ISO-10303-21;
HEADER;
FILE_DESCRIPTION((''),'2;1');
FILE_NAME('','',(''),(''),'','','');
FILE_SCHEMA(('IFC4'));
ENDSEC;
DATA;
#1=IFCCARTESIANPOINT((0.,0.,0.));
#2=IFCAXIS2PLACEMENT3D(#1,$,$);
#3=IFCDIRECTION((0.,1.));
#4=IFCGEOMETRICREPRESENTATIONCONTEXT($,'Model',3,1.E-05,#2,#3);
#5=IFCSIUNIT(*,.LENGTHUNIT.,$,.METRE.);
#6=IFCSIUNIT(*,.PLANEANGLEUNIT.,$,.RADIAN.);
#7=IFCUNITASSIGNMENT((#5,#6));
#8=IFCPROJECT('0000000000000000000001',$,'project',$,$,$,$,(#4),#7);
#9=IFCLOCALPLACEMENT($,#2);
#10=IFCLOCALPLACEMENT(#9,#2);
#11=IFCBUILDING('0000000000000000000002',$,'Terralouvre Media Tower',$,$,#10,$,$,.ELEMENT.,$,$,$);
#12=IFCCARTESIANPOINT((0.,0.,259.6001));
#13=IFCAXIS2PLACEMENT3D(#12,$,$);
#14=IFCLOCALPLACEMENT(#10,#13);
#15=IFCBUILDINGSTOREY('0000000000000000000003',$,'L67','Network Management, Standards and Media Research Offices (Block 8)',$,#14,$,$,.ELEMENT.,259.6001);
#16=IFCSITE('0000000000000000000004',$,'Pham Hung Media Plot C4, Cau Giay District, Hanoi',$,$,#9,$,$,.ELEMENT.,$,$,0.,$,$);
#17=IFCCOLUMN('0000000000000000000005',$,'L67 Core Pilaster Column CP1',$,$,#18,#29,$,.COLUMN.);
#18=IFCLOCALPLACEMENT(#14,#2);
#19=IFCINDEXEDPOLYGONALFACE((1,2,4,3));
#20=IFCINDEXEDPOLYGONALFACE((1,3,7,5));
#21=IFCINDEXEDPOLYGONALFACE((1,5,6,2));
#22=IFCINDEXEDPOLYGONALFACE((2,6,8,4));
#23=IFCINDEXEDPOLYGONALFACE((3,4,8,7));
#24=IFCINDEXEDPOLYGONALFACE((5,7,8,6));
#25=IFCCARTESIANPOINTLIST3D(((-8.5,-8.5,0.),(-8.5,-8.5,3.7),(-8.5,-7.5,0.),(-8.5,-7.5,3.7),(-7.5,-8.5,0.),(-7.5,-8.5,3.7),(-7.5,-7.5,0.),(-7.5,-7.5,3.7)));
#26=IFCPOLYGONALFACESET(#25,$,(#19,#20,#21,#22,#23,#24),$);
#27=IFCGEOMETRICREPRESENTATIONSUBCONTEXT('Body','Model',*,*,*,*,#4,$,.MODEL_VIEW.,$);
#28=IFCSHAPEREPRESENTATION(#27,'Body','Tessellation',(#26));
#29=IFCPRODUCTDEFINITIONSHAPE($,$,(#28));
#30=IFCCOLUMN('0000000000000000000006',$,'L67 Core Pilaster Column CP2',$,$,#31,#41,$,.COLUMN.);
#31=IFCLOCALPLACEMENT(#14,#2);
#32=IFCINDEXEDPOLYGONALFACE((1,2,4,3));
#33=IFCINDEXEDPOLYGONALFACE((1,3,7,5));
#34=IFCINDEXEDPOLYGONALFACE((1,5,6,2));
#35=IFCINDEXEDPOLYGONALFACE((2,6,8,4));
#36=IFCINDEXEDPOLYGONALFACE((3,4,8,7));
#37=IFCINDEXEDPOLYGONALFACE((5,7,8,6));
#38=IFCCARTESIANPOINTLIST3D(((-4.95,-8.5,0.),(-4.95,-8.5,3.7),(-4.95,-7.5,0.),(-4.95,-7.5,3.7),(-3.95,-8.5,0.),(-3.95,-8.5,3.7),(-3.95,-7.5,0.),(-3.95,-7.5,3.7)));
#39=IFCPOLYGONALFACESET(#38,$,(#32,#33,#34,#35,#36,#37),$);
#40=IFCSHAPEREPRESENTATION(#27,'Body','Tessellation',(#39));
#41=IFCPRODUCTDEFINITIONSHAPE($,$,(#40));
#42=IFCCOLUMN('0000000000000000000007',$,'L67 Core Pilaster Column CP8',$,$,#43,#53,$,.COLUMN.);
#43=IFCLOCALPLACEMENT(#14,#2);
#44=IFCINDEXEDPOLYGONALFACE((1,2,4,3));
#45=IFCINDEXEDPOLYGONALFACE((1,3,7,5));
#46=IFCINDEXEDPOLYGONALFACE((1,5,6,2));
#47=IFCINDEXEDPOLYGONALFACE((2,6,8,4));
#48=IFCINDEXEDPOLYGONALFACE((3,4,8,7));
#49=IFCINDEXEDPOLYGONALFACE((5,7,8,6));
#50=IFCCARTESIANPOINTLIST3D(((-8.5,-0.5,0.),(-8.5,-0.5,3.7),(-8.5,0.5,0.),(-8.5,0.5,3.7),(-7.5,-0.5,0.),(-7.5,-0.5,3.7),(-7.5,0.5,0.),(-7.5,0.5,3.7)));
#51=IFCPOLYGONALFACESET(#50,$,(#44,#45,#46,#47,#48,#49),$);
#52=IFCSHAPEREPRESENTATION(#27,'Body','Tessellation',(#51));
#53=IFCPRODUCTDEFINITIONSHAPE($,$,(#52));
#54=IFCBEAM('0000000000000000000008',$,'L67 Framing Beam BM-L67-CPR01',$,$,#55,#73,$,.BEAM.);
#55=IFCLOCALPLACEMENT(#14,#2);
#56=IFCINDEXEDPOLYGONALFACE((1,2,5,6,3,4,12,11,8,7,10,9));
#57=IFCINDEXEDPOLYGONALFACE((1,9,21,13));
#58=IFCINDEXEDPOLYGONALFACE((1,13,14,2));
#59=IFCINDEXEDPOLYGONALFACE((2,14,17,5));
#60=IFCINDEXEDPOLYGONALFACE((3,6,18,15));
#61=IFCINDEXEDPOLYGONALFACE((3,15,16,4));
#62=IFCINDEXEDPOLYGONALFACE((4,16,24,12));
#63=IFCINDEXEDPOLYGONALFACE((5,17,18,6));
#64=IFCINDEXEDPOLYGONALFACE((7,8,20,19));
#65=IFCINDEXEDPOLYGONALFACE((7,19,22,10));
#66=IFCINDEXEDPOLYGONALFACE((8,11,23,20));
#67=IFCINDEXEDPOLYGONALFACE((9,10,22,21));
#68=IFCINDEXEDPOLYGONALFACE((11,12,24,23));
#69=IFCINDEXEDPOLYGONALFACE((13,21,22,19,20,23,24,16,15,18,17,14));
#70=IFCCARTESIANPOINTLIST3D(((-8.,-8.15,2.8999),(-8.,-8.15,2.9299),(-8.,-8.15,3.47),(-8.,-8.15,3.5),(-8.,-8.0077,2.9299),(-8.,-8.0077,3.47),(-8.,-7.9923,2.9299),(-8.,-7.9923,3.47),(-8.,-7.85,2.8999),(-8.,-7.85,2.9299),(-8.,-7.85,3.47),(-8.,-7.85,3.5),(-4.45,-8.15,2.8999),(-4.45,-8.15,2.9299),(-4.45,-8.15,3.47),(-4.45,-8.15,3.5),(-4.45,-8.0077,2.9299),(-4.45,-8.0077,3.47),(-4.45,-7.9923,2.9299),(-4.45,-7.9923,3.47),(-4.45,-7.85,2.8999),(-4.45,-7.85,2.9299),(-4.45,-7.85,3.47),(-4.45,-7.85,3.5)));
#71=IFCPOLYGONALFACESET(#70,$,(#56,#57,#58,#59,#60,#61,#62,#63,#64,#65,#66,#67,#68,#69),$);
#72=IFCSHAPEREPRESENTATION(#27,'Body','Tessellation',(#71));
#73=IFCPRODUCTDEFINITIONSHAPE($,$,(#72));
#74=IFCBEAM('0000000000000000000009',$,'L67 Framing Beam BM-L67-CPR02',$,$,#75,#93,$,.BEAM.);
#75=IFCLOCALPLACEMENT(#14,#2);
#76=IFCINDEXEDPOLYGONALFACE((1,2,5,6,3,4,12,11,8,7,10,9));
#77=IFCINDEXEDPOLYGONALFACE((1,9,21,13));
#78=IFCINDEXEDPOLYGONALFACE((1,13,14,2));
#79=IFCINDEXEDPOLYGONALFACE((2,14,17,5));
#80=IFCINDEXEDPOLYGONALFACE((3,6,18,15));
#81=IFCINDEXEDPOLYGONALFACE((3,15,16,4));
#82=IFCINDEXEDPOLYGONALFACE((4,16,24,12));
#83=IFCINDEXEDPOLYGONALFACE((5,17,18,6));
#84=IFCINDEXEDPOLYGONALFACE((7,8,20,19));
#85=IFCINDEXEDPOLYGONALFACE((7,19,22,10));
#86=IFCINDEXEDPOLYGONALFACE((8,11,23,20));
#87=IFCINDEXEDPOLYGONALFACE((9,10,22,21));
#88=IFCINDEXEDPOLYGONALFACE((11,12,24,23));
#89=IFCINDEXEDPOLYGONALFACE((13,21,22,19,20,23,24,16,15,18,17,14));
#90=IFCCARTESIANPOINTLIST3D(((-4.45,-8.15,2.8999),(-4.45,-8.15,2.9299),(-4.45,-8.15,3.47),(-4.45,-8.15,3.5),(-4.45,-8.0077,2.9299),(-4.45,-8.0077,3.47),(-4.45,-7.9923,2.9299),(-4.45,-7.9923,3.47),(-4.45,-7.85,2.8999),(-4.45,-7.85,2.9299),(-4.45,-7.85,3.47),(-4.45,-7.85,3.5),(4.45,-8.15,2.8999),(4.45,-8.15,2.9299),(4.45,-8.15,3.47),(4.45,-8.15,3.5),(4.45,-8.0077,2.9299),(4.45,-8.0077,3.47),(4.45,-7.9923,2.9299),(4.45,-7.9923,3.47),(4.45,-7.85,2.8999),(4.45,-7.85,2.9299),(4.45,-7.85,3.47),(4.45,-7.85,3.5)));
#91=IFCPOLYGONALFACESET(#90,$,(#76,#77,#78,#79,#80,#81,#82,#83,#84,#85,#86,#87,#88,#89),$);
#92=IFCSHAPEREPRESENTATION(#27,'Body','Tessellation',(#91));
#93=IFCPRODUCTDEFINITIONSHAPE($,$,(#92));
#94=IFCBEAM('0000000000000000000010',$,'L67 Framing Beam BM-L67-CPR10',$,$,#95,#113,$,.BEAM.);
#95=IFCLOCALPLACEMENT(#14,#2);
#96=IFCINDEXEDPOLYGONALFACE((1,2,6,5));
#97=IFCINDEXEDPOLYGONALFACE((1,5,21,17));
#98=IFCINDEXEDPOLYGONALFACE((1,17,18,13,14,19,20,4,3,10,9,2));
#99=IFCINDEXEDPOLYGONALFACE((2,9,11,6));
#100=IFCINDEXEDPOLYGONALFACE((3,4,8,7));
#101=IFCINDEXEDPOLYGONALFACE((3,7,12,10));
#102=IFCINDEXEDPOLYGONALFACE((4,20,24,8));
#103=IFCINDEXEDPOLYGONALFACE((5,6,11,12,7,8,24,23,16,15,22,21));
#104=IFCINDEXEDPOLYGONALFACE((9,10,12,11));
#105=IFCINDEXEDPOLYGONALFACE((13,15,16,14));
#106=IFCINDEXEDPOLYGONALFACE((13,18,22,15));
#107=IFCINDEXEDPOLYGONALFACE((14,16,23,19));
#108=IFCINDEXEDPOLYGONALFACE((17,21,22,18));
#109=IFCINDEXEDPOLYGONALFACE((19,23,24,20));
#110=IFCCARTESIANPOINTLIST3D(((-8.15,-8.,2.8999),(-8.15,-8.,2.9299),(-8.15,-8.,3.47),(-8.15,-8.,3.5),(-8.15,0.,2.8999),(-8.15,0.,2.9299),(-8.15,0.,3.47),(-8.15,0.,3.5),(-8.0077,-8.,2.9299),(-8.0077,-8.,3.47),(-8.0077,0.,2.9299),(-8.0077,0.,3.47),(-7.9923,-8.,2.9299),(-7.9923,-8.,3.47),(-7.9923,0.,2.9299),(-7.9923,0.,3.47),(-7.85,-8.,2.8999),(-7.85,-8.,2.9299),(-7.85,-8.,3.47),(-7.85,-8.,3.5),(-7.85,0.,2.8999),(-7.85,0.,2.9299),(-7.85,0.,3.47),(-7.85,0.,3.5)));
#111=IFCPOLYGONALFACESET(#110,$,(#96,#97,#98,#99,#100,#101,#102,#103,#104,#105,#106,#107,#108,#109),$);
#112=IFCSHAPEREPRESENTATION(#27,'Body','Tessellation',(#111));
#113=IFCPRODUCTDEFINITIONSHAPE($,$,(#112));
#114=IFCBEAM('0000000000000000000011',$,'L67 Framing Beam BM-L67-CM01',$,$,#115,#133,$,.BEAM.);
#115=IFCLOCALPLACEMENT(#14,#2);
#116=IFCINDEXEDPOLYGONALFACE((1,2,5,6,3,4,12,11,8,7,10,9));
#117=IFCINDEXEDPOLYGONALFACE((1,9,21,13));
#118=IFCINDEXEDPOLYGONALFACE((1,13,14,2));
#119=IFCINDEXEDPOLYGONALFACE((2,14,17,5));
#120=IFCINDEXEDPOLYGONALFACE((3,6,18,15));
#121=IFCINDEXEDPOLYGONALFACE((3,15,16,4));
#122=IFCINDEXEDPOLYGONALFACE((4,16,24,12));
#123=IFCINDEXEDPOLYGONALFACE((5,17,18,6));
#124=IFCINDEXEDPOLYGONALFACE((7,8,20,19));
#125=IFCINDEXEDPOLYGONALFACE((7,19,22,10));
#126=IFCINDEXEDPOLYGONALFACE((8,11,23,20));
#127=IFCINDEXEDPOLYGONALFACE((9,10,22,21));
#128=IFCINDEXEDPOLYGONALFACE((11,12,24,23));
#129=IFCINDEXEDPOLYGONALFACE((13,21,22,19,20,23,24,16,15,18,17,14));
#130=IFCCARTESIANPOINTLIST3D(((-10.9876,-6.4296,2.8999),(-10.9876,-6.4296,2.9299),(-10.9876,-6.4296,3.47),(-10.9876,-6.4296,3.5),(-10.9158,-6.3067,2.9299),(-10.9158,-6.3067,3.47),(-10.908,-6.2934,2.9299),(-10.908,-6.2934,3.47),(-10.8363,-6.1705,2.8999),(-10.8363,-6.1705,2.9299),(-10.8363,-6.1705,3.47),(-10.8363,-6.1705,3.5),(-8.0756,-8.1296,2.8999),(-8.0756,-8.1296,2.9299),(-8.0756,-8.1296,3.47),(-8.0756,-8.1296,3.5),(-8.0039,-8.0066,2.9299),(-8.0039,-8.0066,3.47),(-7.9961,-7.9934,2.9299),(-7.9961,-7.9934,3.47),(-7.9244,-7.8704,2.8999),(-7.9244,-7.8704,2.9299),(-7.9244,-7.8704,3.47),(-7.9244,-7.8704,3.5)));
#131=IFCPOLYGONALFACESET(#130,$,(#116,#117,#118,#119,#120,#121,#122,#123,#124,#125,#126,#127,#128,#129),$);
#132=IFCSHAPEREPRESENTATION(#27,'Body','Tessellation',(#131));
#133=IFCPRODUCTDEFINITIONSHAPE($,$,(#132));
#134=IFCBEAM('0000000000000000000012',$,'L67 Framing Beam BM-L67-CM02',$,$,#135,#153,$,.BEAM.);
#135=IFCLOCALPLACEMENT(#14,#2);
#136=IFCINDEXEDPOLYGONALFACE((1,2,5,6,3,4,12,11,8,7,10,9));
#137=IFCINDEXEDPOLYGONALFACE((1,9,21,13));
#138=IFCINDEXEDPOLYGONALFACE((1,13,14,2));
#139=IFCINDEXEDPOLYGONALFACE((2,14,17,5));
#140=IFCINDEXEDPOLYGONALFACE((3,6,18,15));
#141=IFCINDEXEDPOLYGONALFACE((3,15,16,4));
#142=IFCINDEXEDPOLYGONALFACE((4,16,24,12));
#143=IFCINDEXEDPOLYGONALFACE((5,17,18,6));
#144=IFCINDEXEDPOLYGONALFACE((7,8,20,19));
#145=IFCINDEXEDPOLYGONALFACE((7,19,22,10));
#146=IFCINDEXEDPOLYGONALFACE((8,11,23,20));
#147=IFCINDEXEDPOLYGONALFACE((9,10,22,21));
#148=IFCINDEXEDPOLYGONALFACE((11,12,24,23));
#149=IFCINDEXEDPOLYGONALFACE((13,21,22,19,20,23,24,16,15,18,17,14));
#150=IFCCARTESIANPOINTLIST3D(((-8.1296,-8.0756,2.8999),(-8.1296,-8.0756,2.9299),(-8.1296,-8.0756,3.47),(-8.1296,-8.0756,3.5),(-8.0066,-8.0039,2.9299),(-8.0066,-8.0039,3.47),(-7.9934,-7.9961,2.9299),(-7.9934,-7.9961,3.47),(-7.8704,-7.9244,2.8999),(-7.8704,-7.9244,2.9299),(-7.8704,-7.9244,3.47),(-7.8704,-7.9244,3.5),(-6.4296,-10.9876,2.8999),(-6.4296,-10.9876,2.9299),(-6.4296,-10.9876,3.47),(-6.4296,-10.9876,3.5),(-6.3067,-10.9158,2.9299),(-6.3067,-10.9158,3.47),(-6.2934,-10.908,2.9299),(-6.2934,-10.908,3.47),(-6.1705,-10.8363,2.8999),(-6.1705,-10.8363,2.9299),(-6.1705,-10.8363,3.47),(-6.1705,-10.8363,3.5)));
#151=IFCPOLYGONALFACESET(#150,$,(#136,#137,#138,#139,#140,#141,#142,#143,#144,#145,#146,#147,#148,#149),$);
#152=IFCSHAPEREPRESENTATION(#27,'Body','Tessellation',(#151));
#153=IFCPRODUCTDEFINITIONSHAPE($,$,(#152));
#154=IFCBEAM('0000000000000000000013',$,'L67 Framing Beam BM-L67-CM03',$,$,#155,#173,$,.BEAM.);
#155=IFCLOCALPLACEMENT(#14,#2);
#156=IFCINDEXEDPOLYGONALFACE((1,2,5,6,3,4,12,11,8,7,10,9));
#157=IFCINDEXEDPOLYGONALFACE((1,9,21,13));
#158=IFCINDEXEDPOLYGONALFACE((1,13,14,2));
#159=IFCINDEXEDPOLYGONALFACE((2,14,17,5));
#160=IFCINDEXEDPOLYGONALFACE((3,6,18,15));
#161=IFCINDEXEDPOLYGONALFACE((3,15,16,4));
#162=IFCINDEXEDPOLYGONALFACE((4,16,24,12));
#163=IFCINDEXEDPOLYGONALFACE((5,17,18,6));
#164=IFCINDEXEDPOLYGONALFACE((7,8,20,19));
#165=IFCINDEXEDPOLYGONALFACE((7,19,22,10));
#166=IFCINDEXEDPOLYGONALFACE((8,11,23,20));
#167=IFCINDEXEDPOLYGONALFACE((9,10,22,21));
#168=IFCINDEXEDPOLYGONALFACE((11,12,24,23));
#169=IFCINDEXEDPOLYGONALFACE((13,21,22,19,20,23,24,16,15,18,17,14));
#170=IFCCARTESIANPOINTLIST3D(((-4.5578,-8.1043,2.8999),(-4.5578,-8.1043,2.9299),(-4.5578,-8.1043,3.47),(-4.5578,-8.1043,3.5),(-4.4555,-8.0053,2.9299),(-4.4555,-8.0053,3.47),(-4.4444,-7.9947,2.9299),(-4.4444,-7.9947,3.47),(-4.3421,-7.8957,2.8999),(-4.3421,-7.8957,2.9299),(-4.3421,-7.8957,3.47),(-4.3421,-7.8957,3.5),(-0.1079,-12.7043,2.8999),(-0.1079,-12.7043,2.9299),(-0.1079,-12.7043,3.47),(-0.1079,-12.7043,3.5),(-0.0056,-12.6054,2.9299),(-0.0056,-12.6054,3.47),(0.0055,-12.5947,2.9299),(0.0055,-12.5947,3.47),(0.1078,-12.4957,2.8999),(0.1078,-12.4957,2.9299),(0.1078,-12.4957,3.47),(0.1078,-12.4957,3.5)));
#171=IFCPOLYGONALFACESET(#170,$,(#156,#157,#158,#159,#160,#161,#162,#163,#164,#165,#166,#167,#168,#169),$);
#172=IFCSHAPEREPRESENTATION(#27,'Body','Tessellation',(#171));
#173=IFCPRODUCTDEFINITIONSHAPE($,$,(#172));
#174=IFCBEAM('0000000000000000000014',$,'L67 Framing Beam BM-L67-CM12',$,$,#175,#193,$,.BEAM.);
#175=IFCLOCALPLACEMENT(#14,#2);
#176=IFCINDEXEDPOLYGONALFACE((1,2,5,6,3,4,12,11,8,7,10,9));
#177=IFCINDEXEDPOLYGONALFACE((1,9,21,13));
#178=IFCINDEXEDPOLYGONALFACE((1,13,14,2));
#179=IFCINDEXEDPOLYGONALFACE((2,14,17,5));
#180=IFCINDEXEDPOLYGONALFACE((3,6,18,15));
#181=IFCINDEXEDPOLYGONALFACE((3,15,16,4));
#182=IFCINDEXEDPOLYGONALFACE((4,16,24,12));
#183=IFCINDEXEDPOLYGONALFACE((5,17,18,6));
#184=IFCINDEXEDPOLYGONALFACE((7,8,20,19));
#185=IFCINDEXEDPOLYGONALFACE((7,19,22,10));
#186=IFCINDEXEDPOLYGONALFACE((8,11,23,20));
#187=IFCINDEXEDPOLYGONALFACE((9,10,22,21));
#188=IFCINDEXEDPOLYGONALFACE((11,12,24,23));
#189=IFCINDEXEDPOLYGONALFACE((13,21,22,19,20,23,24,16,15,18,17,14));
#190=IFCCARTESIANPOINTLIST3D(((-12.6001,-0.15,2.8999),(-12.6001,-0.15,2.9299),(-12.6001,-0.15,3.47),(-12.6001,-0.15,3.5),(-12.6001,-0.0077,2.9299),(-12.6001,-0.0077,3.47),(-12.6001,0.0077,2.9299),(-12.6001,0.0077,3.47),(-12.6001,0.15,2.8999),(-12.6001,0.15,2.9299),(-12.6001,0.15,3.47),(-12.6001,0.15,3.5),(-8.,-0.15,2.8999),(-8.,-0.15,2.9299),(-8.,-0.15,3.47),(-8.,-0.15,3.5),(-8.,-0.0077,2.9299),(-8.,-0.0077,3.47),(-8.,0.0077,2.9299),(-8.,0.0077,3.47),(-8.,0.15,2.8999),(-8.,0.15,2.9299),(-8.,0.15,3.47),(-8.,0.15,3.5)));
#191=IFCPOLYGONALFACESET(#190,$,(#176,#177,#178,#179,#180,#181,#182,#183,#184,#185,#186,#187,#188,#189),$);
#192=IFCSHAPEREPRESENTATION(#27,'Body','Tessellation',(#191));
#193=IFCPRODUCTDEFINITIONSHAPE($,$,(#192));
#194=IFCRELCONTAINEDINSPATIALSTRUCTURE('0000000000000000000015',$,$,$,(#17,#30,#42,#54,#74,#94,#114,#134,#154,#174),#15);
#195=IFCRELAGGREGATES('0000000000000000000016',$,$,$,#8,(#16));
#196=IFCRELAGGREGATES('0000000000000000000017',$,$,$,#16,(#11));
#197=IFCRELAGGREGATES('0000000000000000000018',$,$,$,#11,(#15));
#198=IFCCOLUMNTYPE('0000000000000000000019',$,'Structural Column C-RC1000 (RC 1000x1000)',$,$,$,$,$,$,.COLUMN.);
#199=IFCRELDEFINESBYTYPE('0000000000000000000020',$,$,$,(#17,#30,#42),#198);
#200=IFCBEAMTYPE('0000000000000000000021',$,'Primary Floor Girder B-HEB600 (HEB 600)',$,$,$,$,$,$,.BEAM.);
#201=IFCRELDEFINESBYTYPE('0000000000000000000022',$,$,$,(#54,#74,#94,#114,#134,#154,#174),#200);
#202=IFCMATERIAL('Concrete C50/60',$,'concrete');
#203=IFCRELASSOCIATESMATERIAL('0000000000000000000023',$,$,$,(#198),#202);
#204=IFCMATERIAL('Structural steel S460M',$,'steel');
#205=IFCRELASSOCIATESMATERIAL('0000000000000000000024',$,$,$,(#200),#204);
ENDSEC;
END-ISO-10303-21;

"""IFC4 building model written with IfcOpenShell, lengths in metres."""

from ifc_helpers import new_model, si_unit, direction, frame, origin, origin_2d, place, context, subcontext, project, spatial, rectangle, i_section, extrude, material, material_profile, profile_set, type_object, element, save


model = new_model("IFC4")

# Units and contexts
model_context = context("Model", 3, precision=1e-05, world=origin(), true_north=direction((0.0, 1.0)))
body_context = subcontext(model_context, "Body", "Model", "MODEL_VIEW")
ifc_project = project(units=[si_unit("LENGTHUNIT", "METRE"), si_unit("PLANEANGLEUNIT", "RADIAN")], contexts=[model_context])

# Site, building, storey
site_placement = place(None, origin())
site = spatial("IfcSite", under=ifc_project, at=site_placement, Name="Pham Hung Media Plot C4, Cau Giay District, Hanoi", CompositionType="ELEMENT", RefElevation=0.0)
building_placement = place(site_placement, origin())
building = spatial("IfcBuilding", under=site, at=building_placement, Name="Terralouvre Media Tower", CompositionType="ELEMENT")
storey_placement = place(building_placement, frame((0.0, 0.0, 259.6001)))
storey = spatial("IfcBuildingStorey", under=building, at=storey_placement, Name="L67", Description="Network Management, Standards and Media Research Offices (Block 8)", CompositionType="ELEMENT", Elevation=259.6001)

# Columns
ifc_material_1 = material(Name="Concrete C50/60", Category="concrete")
ifc_material_profile_1 = material_profile(ifc_material_1, rectangle(XDim=1.0, YDim=1.0, at=origin_2d()), Name="RC 1000x1000")
ifc_profile_set_1 = profile_set([ifc_material_profile_1], Name="Concrete C50/60")
column_type = type_object("IfcColumnType", Name="Structural Column C-RC1000 (RC 1000x1000)", PredefinedType="COLUMN", material=ifc_profile_set_1)
for number, where, z_axis, x_axis, name in (
    (1, (-8.0, -8.0, 0.0), (0.0, 0.0, 1.0), (1.0, 0.0, 0.0), "L67 Core Pilaster Column CP1"),
    (2, (-4.45, -8.0, 0.0), (0.0, 0.0, 1.0), (1.0, 0.0, 0.0), "L67 Core Pilaster Column CP2"),
    (3, (-8.0, 0.0, 0.0), (0.0, 0.0, 1.0), (1.0, 0.0, 0.0), "L67 Core Pilaster Column CP8"),
):
    element("IfcColumn", number, at=place(storey_placement, frame(where, z_axis=z_axis, x_axis=x_axis)), inside=storey, type_object=column_type, Name=name, PredefinedType="COLUMN", context=body_context, shape_type="SweptSolid", body=[
        extrude(rectangle(XDim=1.0, YDim=1.0, at=origin_2d()), origin(), (0.0, 0.0, 1.0), 3.7),
    ])

# Beams
ifc_material_2 = material(Name="Structural steel S460M", Category="steel")
ifc_material_profile_2 = material_profile(ifc_material_2, i_section(OverallWidth=0.3, OverallDepth=0.6001, WebThickness=0.0154, FlangeThickness=0.03, at=origin_2d()), Name="HEB 600")
ifc_profile_set_2 = profile_set([ifc_material_profile_2], Name="Structural steel S460M")
beam_type = type_object("IfcBeamType", Name="Primary Floor Girder B-HEB600 (HEB 600)", PredefinedType="BEAM", material=ifc_profile_set_2)
beam_1_placement = place(storey_placement, frame((-8.0, -8.0, 3.2), z_axis=(1.0, 0.0, 0.0), x_axis=(0.0, 1.0, 0.0)))
element("IfcBeam", 4, at=beam_1_placement, inside=storey, type_object=beam_type, Name="L67 Framing Beam BM-L67-CPR01", PredefinedType="BEAM", context=body_context, shape_type="SweptSolid", body=[
    extrude(i_section(OverallWidth=0.3, OverallDepth=0.6001, WebThickness=0.0154, FlangeThickness=0.03, at=origin_2d()), origin(), (0.0, 0.0, 1.0), 3.55),
])
beam_2_placement = place(storey_placement, frame((-4.45, -8.0, 3.2), z_axis=(1.0, 0.0, 0.0), x_axis=(0.0, 1.0, 0.0)))
element("IfcBeam", 5, at=beam_2_placement, inside=storey, type_object=beam_type, Name="L67 Framing Beam BM-L67-CPR02", PredefinedType="BEAM", context=body_context, shape_type="SweptSolid", body=[
    extrude(i_section(OverallWidth=0.3, OverallDepth=0.6001, WebThickness=0.0154, FlangeThickness=0.03, at=origin_2d()), origin(), (0.0, 0.0, 1.0), 8.8999),
])
beam_3_placement = place(storey_placement, frame((-8.0, 0.0, 3.2), z_axis=(0.0, -1.0, 0.0), x_axis=(1.0, 0.0, 0.0)))
element("IfcBeam", 6, at=beam_3_placement, inside=storey, type_object=beam_type, Name="L67 Framing Beam BM-L67-CPR10", PredefinedType="BEAM", context=body_context, shape_type="SweptSolid", body=[
    extrude(i_section(OverallWidth=0.3, OverallDepth=0.6001, WebThickness=0.0154, FlangeThickness=0.03, at=origin_2d()), origin(), (0.0, 0.0, 1.0), 8.0),
])
for number, where, z_axis, x_axis, name in (
    (7, (-8.0, -8.0, 3.2), (-0.863603, 0.504173, 0.0), (-0.504173, -0.863603, 0.0), "L67 Framing Beam BM-L67-CM01"),
    (8, (-8.0, -8.0, 3.2), (0.504173, -0.863603, 0.0), (0.863603, 0.504173, 0.0), "L67 Framing Beam BM-L67-CM02"),
):
    element("IfcBeam", number, at=place(storey_placement, frame(where, z_axis=z_axis, x_axis=x_axis)), inside=storey, type_object=beam_type, Name=name, PredefinedType="BEAM", context=body_context, shape_type="SweptSolid", body=[
        extrude(i_section(OverallWidth=0.3, OverallDepth=0.6001, WebThickness=0.0154, FlangeThickness=0.03, at=origin_2d()), origin(), (0.0, 0.0, 1.0), 3.3718),
    ])
beam_4_placement = place(storey_placement, frame((-4.45, -8.0, 3.2), z_axis=(0.69528, -0.718739, 0.0), x_axis=(0.718739, 0.69528, 0.0)))
element("IfcBeam", 9, at=beam_4_placement, inside=storey, type_object=beam_type, Name="L67 Framing Beam BM-L67-CM03", PredefinedType="BEAM", context=body_context, shape_type="SweptSolid", body=[
    extrude(i_section(OverallWidth=0.3, OverallDepth=0.6001, WebThickness=0.0154, FlangeThickness=0.03, at=origin_2d()), origin(), (0.0, 0.0, 1.0), 6.4001),
])
beam_5_placement = place(storey_placement, frame((-8.0, 0.0, 3.2), z_axis=(-1.0, 0.0, 0.0), x_axis=(0.0, -1.0, 0.0)))
element("IfcBeam", 10, at=beam_5_placement, inside=storey, type_object=beam_type, Name="L67 Framing Beam BM-L67-CM12", PredefinedType="BEAM", context=body_context, shape_type="SweptSolid", body=[
    extrude(i_section(OverallWidth=0.3, OverallDepth=0.6001, WebThickness=0.0154, FlangeThickness=0.03, at=origin_2d()), origin(), (0.0, 0.0, 1.0), 4.6001),
])

save(model, "model.ifc")
